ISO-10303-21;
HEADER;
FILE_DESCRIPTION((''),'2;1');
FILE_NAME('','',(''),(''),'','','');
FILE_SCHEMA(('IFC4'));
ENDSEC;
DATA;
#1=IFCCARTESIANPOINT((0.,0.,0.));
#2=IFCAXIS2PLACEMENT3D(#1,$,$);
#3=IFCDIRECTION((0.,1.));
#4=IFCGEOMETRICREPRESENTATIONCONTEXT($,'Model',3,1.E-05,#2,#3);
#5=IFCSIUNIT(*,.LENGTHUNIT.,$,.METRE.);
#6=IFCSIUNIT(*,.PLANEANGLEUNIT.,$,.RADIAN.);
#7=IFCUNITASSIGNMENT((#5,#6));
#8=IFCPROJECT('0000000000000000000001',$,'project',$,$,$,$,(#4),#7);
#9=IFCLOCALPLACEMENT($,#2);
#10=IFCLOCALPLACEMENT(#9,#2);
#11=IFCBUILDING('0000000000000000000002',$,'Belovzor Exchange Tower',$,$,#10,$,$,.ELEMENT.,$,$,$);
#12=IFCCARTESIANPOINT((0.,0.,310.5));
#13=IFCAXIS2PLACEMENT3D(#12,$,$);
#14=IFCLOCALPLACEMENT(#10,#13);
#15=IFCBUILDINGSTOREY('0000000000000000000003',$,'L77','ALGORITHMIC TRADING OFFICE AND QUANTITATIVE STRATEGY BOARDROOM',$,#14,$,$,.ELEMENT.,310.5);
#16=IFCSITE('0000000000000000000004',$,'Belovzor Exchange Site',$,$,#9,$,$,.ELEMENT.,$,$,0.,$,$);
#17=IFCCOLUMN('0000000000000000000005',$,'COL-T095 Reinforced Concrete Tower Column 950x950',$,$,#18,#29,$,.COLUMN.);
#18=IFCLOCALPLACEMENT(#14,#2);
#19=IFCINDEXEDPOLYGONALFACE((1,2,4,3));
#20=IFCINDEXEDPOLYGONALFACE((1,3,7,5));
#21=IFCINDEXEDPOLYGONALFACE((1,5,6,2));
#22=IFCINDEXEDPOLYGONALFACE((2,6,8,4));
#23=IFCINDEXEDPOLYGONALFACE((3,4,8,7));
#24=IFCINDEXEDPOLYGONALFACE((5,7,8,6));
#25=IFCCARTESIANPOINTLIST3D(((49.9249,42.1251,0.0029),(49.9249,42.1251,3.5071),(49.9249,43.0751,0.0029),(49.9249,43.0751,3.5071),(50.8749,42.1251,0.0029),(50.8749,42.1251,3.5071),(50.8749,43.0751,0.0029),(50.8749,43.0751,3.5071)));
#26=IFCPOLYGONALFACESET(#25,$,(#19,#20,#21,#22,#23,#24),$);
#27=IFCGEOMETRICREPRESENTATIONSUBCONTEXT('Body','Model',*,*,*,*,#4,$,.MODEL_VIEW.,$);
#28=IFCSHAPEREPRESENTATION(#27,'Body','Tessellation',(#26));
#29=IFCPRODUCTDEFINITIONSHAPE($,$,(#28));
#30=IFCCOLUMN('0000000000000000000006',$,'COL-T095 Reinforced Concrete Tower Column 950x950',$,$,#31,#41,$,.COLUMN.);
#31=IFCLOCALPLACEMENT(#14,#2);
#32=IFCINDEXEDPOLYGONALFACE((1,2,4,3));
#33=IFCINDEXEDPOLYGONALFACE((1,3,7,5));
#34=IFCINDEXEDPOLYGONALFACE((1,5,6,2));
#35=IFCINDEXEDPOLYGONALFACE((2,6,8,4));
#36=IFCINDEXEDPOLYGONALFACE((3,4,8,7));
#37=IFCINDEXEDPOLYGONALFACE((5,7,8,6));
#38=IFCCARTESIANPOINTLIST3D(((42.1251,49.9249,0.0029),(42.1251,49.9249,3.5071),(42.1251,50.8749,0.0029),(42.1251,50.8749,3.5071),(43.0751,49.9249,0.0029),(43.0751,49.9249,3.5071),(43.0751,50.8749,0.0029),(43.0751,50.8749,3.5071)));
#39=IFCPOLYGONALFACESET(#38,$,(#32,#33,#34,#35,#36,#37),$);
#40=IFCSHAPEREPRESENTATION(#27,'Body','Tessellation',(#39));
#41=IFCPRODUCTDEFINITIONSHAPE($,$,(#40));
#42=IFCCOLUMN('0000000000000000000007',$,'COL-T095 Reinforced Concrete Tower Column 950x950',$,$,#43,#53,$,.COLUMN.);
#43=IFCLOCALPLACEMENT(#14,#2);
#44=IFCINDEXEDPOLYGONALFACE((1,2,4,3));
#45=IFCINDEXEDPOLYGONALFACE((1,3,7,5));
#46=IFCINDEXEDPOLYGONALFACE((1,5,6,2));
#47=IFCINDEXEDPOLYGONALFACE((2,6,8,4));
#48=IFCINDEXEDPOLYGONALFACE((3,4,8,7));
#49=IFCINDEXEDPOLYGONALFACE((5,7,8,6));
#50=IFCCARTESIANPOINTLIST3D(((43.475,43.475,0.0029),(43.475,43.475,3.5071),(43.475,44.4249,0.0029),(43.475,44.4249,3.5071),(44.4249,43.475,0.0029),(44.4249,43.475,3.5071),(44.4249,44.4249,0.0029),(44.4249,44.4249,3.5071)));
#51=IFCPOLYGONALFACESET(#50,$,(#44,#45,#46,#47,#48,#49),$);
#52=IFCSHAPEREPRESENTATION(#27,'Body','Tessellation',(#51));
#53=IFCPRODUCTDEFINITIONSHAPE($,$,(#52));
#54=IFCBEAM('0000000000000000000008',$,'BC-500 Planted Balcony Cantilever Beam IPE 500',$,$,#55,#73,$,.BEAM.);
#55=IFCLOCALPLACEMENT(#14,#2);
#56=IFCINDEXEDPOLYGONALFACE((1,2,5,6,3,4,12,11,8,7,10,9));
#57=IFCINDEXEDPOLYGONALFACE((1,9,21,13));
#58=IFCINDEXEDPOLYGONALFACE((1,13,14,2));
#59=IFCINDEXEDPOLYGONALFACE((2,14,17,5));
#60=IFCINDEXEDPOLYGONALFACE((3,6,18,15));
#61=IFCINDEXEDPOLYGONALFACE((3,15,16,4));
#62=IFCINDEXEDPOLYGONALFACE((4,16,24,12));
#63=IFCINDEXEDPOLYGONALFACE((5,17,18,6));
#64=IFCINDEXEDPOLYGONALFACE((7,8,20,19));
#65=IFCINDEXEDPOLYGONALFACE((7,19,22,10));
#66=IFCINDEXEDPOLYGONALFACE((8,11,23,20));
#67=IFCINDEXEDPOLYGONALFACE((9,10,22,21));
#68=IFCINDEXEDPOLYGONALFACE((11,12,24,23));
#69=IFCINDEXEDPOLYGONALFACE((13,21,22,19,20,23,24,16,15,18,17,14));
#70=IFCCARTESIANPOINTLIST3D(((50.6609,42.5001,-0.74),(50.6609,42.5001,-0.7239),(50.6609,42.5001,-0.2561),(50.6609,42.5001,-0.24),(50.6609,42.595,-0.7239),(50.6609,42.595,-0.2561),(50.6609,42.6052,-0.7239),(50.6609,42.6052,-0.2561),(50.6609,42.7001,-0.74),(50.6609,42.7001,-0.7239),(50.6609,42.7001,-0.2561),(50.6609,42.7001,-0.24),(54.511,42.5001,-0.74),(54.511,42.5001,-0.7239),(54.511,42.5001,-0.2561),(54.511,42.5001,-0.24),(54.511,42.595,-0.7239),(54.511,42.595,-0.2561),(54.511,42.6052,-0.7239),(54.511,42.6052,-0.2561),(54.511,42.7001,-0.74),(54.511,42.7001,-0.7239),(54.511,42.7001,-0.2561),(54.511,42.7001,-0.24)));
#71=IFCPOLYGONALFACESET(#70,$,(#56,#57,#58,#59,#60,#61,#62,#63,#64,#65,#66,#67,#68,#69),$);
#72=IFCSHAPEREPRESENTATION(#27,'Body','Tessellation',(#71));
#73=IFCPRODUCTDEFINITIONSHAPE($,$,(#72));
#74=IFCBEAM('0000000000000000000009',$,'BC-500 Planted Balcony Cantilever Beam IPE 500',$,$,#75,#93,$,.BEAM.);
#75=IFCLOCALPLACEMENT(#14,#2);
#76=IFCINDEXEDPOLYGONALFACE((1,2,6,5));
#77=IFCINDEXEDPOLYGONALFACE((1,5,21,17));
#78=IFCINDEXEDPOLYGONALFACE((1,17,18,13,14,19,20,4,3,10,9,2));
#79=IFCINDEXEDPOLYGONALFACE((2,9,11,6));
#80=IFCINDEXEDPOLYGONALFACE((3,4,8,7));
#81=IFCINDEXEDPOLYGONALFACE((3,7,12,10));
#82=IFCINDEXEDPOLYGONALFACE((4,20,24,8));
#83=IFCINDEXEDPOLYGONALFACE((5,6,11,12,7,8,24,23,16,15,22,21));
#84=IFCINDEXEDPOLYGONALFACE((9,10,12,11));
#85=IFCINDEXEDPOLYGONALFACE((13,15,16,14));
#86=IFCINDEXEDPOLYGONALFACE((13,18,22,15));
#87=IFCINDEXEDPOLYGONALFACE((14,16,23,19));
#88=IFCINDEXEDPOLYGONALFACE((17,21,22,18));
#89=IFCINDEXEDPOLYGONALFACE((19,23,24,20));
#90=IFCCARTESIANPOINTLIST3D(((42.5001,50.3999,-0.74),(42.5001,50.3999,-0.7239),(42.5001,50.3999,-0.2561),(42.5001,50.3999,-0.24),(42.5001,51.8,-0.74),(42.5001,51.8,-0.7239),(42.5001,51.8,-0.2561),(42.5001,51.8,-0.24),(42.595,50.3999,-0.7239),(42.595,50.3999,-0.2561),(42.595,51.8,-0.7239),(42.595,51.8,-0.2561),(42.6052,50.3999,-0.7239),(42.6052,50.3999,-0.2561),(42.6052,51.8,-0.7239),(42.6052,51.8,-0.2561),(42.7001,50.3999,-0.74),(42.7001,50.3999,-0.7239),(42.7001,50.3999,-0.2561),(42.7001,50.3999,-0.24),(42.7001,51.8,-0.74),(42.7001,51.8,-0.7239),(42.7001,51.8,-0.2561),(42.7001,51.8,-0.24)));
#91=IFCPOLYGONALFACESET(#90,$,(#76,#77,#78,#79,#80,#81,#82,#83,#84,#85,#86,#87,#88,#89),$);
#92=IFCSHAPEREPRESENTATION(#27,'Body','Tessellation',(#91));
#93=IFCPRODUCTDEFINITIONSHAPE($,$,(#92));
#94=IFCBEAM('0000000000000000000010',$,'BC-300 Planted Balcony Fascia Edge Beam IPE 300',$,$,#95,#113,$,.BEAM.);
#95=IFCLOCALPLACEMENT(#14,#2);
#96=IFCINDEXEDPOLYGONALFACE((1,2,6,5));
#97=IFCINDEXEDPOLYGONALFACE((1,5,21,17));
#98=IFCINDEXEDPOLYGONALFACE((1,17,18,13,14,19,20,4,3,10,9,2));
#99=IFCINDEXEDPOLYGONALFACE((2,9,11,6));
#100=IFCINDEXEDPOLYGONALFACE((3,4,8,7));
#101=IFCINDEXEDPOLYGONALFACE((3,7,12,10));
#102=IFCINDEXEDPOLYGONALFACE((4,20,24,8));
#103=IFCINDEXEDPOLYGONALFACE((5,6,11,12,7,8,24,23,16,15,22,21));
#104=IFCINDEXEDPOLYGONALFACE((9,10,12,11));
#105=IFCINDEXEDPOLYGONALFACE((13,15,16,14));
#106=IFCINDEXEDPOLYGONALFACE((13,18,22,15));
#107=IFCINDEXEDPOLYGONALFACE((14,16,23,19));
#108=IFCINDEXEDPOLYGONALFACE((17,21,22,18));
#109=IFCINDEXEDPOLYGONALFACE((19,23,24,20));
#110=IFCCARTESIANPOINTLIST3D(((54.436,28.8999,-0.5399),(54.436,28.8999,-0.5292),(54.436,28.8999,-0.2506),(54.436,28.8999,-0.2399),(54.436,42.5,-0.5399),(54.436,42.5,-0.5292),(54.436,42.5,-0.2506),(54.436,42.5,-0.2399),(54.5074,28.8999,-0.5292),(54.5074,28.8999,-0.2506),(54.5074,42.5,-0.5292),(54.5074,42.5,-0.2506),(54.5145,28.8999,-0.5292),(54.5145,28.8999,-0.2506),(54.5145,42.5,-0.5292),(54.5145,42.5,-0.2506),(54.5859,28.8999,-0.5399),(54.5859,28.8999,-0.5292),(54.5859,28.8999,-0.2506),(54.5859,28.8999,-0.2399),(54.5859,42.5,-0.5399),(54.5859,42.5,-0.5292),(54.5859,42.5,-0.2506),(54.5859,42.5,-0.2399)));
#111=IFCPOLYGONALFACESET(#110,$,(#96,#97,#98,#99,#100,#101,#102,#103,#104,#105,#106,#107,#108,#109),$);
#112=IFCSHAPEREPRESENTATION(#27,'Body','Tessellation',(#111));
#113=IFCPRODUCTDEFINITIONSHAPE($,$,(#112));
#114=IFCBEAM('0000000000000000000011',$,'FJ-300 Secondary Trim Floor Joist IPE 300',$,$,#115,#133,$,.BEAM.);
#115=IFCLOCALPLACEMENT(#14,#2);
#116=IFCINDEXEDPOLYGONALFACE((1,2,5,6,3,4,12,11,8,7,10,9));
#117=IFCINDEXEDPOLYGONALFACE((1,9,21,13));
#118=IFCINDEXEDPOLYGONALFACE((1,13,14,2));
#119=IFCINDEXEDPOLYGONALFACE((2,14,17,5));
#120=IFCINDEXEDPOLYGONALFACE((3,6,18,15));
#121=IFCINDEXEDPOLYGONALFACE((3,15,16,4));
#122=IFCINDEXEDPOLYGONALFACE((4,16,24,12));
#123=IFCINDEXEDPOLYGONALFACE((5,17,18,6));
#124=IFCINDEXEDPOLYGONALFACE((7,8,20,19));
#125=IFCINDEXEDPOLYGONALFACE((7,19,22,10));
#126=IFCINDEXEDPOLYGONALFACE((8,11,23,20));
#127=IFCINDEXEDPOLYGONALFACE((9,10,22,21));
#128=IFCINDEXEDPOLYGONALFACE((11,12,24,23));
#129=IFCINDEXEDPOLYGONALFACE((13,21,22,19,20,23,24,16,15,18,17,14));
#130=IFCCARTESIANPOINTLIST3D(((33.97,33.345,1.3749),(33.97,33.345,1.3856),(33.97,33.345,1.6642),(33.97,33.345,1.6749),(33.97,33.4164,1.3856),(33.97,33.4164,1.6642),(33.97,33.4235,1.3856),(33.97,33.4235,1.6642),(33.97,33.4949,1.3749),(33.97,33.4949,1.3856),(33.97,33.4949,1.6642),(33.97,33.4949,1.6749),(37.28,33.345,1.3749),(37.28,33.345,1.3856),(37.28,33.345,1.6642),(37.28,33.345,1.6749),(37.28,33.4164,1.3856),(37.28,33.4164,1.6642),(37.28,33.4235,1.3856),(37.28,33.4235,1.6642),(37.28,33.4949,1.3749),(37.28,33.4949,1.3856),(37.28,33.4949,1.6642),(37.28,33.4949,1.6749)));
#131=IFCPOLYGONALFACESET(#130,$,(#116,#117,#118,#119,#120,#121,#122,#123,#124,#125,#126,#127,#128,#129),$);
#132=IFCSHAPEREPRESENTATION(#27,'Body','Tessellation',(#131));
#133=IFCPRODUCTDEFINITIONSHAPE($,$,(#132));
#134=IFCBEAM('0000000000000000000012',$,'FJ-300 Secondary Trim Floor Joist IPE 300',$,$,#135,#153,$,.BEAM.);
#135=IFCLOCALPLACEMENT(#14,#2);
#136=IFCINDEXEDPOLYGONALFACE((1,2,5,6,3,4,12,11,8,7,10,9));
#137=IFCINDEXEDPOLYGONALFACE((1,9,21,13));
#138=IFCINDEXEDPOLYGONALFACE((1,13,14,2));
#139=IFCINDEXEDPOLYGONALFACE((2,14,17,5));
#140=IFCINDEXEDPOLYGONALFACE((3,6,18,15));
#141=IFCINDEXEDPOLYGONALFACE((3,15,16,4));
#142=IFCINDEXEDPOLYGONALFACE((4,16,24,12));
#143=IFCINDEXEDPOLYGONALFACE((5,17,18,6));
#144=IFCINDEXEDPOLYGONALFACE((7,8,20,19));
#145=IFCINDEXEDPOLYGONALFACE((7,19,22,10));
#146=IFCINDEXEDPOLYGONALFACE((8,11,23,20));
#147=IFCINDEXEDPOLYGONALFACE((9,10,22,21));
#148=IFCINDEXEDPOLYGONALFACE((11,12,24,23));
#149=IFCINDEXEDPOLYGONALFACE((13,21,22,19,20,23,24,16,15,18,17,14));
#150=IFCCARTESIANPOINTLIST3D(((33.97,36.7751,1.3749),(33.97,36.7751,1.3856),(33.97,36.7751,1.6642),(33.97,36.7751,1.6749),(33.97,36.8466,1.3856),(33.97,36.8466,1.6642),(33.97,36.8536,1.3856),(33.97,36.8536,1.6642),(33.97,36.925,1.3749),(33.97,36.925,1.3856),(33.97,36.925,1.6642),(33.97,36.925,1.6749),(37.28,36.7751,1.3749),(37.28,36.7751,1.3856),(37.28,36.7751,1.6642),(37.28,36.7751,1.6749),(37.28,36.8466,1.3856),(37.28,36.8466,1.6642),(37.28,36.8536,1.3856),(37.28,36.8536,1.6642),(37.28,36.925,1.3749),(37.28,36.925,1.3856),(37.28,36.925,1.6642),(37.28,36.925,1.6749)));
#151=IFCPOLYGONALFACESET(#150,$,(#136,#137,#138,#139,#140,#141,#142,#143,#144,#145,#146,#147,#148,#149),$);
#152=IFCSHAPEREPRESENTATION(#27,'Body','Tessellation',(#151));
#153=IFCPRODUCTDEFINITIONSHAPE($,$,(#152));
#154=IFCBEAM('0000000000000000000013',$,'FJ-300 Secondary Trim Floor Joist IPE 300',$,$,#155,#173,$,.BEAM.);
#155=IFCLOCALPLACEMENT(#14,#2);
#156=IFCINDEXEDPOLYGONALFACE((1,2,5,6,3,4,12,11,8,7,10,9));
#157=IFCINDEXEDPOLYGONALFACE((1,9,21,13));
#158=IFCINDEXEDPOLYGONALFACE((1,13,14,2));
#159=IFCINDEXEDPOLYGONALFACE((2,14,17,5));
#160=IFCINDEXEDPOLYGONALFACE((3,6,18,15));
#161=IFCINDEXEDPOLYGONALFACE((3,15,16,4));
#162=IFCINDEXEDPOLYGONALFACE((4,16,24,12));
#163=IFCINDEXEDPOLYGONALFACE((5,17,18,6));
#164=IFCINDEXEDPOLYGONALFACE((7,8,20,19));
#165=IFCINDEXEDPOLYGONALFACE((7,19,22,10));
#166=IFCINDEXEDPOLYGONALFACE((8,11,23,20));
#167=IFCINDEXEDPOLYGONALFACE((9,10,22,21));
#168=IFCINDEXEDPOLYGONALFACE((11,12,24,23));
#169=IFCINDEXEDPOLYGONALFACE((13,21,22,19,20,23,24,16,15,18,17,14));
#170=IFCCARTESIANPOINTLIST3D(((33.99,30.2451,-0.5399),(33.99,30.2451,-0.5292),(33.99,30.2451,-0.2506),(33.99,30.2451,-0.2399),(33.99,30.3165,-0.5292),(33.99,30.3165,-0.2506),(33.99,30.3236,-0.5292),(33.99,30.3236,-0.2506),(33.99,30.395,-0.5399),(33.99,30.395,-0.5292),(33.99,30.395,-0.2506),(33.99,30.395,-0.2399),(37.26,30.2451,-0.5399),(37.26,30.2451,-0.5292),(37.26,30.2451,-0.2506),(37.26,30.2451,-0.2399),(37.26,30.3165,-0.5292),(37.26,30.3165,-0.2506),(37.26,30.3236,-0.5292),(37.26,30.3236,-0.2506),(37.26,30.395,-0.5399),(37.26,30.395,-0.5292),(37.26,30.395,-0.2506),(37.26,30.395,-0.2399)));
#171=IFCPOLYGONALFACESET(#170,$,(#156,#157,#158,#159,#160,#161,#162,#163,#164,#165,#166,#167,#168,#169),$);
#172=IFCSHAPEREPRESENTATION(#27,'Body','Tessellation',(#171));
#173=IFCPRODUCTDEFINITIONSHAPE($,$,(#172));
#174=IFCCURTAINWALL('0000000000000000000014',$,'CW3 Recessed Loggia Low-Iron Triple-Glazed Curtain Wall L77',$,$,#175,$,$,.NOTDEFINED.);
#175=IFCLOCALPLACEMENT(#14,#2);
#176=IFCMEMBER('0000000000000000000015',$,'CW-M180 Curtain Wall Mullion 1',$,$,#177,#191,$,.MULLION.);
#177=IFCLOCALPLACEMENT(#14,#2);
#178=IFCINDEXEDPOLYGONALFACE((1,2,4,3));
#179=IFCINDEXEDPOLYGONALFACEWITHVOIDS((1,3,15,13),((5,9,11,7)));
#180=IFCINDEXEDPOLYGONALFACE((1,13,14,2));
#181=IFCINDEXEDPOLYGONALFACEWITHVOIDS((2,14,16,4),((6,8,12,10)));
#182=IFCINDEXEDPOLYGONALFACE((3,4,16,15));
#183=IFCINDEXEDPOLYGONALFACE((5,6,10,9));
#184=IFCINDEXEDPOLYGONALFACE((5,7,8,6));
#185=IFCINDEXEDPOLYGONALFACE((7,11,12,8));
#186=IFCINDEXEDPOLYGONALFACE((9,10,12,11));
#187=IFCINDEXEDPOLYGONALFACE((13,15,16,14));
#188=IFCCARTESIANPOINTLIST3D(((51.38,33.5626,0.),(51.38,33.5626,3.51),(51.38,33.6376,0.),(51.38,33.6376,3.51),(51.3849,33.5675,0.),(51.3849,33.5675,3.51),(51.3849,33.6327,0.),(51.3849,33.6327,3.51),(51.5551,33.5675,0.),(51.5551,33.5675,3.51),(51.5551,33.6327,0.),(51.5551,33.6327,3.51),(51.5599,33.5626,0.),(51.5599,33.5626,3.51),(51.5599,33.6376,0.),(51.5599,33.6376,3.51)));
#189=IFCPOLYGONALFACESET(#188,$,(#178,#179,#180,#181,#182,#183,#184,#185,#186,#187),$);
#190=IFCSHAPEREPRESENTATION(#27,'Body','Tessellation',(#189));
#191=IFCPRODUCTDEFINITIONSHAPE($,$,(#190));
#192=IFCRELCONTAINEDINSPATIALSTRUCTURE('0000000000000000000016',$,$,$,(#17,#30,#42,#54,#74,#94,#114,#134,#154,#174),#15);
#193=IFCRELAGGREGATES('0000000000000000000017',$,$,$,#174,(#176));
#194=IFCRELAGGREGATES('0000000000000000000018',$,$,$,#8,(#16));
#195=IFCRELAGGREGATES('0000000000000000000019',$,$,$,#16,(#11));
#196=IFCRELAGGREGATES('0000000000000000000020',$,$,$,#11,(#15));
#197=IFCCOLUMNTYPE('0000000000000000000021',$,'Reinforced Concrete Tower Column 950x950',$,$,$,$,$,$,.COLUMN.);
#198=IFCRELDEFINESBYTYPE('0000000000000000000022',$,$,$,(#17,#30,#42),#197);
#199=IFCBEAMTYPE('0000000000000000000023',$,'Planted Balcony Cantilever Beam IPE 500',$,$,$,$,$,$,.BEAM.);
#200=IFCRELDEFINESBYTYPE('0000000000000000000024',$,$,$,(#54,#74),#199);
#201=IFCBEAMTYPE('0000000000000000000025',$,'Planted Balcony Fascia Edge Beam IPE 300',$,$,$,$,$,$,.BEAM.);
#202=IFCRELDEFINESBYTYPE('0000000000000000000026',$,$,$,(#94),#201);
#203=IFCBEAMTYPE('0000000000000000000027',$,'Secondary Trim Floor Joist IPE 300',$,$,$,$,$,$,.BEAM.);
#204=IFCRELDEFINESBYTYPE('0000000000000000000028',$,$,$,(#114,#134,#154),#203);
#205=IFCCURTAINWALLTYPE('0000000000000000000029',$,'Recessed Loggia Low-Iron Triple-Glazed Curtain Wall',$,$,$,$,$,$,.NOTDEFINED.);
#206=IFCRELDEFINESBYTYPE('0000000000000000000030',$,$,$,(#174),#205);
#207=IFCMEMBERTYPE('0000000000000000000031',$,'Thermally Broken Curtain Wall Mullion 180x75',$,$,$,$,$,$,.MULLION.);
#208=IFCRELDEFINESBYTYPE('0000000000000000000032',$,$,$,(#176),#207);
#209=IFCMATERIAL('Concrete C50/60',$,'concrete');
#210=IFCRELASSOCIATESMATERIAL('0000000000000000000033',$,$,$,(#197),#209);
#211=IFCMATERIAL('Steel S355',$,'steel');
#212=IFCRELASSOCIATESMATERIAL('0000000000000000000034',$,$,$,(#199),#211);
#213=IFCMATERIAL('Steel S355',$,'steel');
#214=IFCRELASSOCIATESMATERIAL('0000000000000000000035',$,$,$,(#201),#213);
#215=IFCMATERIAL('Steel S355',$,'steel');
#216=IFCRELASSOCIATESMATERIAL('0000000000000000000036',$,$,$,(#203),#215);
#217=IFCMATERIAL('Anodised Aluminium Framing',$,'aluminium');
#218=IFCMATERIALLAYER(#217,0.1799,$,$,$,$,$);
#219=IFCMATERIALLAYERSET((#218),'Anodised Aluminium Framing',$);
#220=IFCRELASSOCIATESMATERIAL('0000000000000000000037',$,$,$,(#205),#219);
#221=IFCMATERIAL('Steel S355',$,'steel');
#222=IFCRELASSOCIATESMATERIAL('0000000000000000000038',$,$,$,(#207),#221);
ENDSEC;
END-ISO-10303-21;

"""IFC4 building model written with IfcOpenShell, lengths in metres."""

from ifc_helpers import new_model, si_unit, direction, frame, origin, origin_2d, place, context, subcontext, project, spatial, rectangle, hollow_rectangle, i_section, extrude, material, layer, layer_set, material_profile, profile_set, type_object, element, aggregate, save


model = new_model("IFC4")

# Units and contexts
model_context = context("Model", 3, precision=1e-05, world=origin(), true_north=direction((0.0, 1.0)))
body_context = subcontext(model_context, "Body", "Model", "MODEL_VIEW")
ifc_project = project(units=[si_unit("LENGTHUNIT", "METRE"), si_unit("PLANEANGLEUNIT", "RADIAN")], contexts=[model_context])

# Site, building, storey
site_placement = place(None, origin())
site = spatial("IfcSite", under=ifc_project, at=site_placement, Name="Belovzor Exchange Site", CompositionType="ELEMENT", RefElevation=0.0)
building_placement = place(site_placement, origin())
building = spatial("IfcBuilding", under=site, at=building_placement, Name="Belovzor Exchange Tower", CompositionType="ELEMENT")
storey_placement = place(building_placement, frame((0.0, 0.0, 310.5)))
storey = spatial("IfcBuildingStorey", under=building, at=storey_placement, Name="L77", Description="ALGORITHMIC TRADING OFFICE AND QUANTITATIVE STRATEGY BOARDROOM", CompositionType="ELEMENT", Elevation=310.5)

# Columns
ifc_material_1 = material(Name="Concrete C50/60", Category="concrete")
ifc_material_profile_1 = material_profile(ifc_material_1, rectangle(XDim=0.95, YDim=0.95, at=origin_2d()))
ifc_profile_set_1 = profile_set([ifc_material_profile_1], Name="Concrete C50/60")
column_type = type_object("IfcColumnType", Name="Reinforced Concrete Tower Column 950x950", PredefinedType="COLUMN", material=ifc_profile_set_1)
for number, where, z_axis, x_axis, name in (
    (1, (50.3999, 42.6001, 0.0029), (0.0, 0.0, 1.0), (1.0, 0.0, 0.0), "COL-T095 Reinforced Concrete Tower Column 950x950"),
    (2, (42.6001, 50.3999, 0.0029), (0.0, 0.0, 1.0), (1.0, 0.0, 0.0), "COL-T095 Reinforced Concrete Tower Column 950x950"),
    (3, (43.95, 43.95, 0.0029), (0.0, 0.0, 1.0), (1.0, 0.0, 0.0), "COL-T095 Reinforced Concrete Tower Column 950x950"),
):
    element("IfcColumn", number, at=place(storey_placement, frame(where, z_axis=z_axis, x_axis=x_axis)), inside=storey, type_object=column_type, Name=name, PredefinedType="COLUMN", context=body_context, shape_type="SweptSolid", body=[
        extrude(rectangle(XDim=0.95, YDim=0.95, at=origin_2d()), origin(), (0.0, 0.0, 1.0), 3.5042),
    ])

# Beams
ifc_material_2 = material(Name="Steel S355", Category="steel")
ifc_material_profile_2 = material_profile(ifc_material_2, i_section(OverallWidth=0.2, OverallDepth=0.5, WebThickness=0.0103, FlangeThickness=0.0161, at=origin_2d()))
ifc_profile_set_2 = profile_set([ifc_material_profile_2], Name="Steel S355")
beam_type_1 = type_object("IfcBeamType", Name="Planted Balcony Cantilever Beam IPE 500", PredefinedType="BEAM", material=ifc_profile_set_2)
beam_1_placement = place(storey_placement, frame((50.6609, 42.6001, -0.49), z_axis=(1.0, 0.0, 0.0), x_axis=(0.0, 1.0, 0.0)))
element("IfcBeam", 4, at=beam_1_placement, inside=storey, type_object=beam_type_1, Name="BC-500 Planted Balcony Cantilever Beam IPE 500", PredefinedType="BEAM", context=body_context, shape_type="SweptSolid", body=[
    extrude(i_section(OverallWidth=0.2, OverallDepth=0.5, WebThickness=0.0103, FlangeThickness=0.0161, at=origin_2d()), origin(), (0.0, 0.0, 1.0), 3.8501),
])
beam_2_placement = place(storey_placement, frame((42.6001, 50.3999, -0.49), z_axis=(0.0, 1.0, 0.0), x_axis=(-1.0, 0.0, 0.0)))
element("IfcBeam", 5, at=beam_2_placement, inside=storey, type_object=beam_type_1, Name="BC-500 Planted Balcony Cantilever Beam IPE 500", PredefinedType="BEAM", context=body_context, shape_type="SweptSolid", body=[
    extrude(i_section(OverallWidth=0.2, OverallDepth=0.5, WebThickness=0.0103, FlangeThickness=0.0161, at=origin_2d()), origin(), (0.0, 0.0, 1.0), 1.4001),
])
ifc_material_3 = material(Name="Steel S355", Category="steel")
ifc_material_profile_3 = material_profile(ifc_material_3, i_section(OverallWidth=0.1499, OverallDepth=0.3, WebThickness=0.0071, FlangeThickness=0.0107, at=origin_2d()))
ifc_profile_set_3 = profile_set([ifc_material_profile_3], Name="Steel S355")
beam_type_2 = type_object("IfcBeamType", Name="Planted Balcony Fascia Edge Beam IPE 300", PredefinedType="BEAM", material=ifc_profile_set_3)
beam_3_placement = place(storey_placement, frame((54.511, 28.8999, -0.3899), z_axis=(0.0, 1.0, 0.0), x_axis=(-1.0, 0.0, 0.0)))
element("IfcBeam", 6, at=beam_3_placement, inside=storey, type_object=beam_type_2, Name="BC-300 Planted Balcony Fascia Edge Beam IPE 300", PredefinedType="BEAM", context=body_context, shape_type="SweptSolid", body=[
    extrude(i_section(OverallWidth=0.1499, OverallDepth=0.3, WebThickness=0.0071, FlangeThickness=0.0107, at=origin_2d()), origin(), (0.0, 0.0, 1.0), 13.6001),
])
ifc_material_4 = material(Name="Steel S355", Category="steel")
ifc_material_profile_4 = material_profile(ifc_material_4, i_section(OverallWidth=0.1499, OverallDepth=0.3, WebThickness=0.0071, FlangeThickness=0.0107, at=origin_2d()))
ifc_profile_set_4 = profile_set([ifc_material_profile_4], Name="Steel S355")
beam_type_3 = type_object("IfcBeamType", Name="Secondary Trim Floor Joist IPE 300", PredefinedType="BEAM", material=ifc_profile_set_4)
for number, where, z_axis, x_axis, name in (
    (7, (37.28, 33.4199, 1.5249), (-1.0, 0.0, 0.0), (0.0, -1.0, 0.0), "FJ-300 Secondary Trim Floor Joist IPE 300"),
    (8, (37.28, 36.8501, 1.5249), (-1.0, 0.0, 0.0), (0.0, -1.0, 0.0), "FJ-300 Secondary Trim Floor Joist IPE 300"),
):
    element("IfcBeam", number, at=place(storey_placement, frame(where, z_axis=z_axis, x_axis=x_axis)), inside=storey, type_object=beam_type_3, Name=name, PredefinedType="BEAM", context=body_context, shape_type="SweptSolid", body=[
        extrude(i_section(OverallWidth=0.1499, OverallDepth=0.3, WebThickness=0.0071, FlangeThickness=0.0107, at=origin_2d()), origin(), (0.0, 0.0, 1.0), 3.3101),
    ])
beam_4_placement = place(storey_placement, frame((37.26, 30.3201, -0.3899), z_axis=(-1.0, 0.0, 0.0), x_axis=(0.0, -1.0, 0.0)))
element("IfcBeam", 9, at=beam_4_placement, inside=storey, type_object=beam_type_3, Name="FJ-300 Secondary Trim Floor Joist IPE 300", PredefinedType="BEAM", context=body_context, shape_type="SweptSolid", body=[
    extrude(i_section(OverallWidth=0.1499, OverallDepth=0.3, WebThickness=0.0071, FlangeThickness=0.0107, at=origin_2d()), origin(), (0.0, 0.0, 1.0), 3.27),
])

# Curtain wall, member
ifc_material_5 = material(Name="Anodised Aluminium Framing", Category="aluminium")
ifc_layer_1 = layer(ifc_material_5, 0.1799)
ifc_layer_set_1 = layer_set([ifc_layer_1], Name="Anodised Aluminium Framing")
curtain_wall_type = type_object("IfcCurtainWallType", Name="Recessed Loggia Low-Iron Triple-Glazed Curtain Wall", PredefinedType="NOTDEFINED", material=ifc_layer_set_1)
curtain_wall_placement = place(storey_placement, origin())
curtain_wall = element("IfcCurtainWall", 10, at=curtain_wall_placement, inside=storey, type_object=curtain_wall_type, Name="CW3 Recessed Loggia Low-Iron Triple-Glazed Curtain Wall L77", PredefinedType="NOTDEFINED")
ifc_material_6 = material(Name="Steel S355", Category="steel")
ifc_material_profile_5 = material_profile(ifc_material_6, hollow_rectangle(XDim=0.075, YDim=0.1799, WallThickness=0.0049, at=origin_2d()))
ifc_profile_set_5 = profile_set([ifc_material_profile_5], Name="Steel S355")
member_type_1 = type_object("IfcMemberType", Name="Thermally Broken Curtain Wall Mullion 180x75", PredefinedType="MULLION", material=ifc_profile_set_5)
member_1_placement = place(storey_placement, frame((51.47, 33.6001, 0.0), z_axis=(0.0, 0.0, 1.0), x_axis=(0.0, -1.0, 0.0)))
member_1 = element("IfcMember", 11, at=member_1_placement, type_object=member_type_1, Name="CW-M180 Curtain Wall Mullion 1", PredefinedType="MULLION", context=body_context, shape_type="SweptSolid", body=[
    extrude(hollow_rectangle(XDim=0.075, YDim=0.1799, WallThickness=0.0049, at=origin_2d()), origin(), (0.0, 0.0, 1.0), 3.51),
])

aggregate(curtain_wall, [member_1])

save(model, "model.ifc")
